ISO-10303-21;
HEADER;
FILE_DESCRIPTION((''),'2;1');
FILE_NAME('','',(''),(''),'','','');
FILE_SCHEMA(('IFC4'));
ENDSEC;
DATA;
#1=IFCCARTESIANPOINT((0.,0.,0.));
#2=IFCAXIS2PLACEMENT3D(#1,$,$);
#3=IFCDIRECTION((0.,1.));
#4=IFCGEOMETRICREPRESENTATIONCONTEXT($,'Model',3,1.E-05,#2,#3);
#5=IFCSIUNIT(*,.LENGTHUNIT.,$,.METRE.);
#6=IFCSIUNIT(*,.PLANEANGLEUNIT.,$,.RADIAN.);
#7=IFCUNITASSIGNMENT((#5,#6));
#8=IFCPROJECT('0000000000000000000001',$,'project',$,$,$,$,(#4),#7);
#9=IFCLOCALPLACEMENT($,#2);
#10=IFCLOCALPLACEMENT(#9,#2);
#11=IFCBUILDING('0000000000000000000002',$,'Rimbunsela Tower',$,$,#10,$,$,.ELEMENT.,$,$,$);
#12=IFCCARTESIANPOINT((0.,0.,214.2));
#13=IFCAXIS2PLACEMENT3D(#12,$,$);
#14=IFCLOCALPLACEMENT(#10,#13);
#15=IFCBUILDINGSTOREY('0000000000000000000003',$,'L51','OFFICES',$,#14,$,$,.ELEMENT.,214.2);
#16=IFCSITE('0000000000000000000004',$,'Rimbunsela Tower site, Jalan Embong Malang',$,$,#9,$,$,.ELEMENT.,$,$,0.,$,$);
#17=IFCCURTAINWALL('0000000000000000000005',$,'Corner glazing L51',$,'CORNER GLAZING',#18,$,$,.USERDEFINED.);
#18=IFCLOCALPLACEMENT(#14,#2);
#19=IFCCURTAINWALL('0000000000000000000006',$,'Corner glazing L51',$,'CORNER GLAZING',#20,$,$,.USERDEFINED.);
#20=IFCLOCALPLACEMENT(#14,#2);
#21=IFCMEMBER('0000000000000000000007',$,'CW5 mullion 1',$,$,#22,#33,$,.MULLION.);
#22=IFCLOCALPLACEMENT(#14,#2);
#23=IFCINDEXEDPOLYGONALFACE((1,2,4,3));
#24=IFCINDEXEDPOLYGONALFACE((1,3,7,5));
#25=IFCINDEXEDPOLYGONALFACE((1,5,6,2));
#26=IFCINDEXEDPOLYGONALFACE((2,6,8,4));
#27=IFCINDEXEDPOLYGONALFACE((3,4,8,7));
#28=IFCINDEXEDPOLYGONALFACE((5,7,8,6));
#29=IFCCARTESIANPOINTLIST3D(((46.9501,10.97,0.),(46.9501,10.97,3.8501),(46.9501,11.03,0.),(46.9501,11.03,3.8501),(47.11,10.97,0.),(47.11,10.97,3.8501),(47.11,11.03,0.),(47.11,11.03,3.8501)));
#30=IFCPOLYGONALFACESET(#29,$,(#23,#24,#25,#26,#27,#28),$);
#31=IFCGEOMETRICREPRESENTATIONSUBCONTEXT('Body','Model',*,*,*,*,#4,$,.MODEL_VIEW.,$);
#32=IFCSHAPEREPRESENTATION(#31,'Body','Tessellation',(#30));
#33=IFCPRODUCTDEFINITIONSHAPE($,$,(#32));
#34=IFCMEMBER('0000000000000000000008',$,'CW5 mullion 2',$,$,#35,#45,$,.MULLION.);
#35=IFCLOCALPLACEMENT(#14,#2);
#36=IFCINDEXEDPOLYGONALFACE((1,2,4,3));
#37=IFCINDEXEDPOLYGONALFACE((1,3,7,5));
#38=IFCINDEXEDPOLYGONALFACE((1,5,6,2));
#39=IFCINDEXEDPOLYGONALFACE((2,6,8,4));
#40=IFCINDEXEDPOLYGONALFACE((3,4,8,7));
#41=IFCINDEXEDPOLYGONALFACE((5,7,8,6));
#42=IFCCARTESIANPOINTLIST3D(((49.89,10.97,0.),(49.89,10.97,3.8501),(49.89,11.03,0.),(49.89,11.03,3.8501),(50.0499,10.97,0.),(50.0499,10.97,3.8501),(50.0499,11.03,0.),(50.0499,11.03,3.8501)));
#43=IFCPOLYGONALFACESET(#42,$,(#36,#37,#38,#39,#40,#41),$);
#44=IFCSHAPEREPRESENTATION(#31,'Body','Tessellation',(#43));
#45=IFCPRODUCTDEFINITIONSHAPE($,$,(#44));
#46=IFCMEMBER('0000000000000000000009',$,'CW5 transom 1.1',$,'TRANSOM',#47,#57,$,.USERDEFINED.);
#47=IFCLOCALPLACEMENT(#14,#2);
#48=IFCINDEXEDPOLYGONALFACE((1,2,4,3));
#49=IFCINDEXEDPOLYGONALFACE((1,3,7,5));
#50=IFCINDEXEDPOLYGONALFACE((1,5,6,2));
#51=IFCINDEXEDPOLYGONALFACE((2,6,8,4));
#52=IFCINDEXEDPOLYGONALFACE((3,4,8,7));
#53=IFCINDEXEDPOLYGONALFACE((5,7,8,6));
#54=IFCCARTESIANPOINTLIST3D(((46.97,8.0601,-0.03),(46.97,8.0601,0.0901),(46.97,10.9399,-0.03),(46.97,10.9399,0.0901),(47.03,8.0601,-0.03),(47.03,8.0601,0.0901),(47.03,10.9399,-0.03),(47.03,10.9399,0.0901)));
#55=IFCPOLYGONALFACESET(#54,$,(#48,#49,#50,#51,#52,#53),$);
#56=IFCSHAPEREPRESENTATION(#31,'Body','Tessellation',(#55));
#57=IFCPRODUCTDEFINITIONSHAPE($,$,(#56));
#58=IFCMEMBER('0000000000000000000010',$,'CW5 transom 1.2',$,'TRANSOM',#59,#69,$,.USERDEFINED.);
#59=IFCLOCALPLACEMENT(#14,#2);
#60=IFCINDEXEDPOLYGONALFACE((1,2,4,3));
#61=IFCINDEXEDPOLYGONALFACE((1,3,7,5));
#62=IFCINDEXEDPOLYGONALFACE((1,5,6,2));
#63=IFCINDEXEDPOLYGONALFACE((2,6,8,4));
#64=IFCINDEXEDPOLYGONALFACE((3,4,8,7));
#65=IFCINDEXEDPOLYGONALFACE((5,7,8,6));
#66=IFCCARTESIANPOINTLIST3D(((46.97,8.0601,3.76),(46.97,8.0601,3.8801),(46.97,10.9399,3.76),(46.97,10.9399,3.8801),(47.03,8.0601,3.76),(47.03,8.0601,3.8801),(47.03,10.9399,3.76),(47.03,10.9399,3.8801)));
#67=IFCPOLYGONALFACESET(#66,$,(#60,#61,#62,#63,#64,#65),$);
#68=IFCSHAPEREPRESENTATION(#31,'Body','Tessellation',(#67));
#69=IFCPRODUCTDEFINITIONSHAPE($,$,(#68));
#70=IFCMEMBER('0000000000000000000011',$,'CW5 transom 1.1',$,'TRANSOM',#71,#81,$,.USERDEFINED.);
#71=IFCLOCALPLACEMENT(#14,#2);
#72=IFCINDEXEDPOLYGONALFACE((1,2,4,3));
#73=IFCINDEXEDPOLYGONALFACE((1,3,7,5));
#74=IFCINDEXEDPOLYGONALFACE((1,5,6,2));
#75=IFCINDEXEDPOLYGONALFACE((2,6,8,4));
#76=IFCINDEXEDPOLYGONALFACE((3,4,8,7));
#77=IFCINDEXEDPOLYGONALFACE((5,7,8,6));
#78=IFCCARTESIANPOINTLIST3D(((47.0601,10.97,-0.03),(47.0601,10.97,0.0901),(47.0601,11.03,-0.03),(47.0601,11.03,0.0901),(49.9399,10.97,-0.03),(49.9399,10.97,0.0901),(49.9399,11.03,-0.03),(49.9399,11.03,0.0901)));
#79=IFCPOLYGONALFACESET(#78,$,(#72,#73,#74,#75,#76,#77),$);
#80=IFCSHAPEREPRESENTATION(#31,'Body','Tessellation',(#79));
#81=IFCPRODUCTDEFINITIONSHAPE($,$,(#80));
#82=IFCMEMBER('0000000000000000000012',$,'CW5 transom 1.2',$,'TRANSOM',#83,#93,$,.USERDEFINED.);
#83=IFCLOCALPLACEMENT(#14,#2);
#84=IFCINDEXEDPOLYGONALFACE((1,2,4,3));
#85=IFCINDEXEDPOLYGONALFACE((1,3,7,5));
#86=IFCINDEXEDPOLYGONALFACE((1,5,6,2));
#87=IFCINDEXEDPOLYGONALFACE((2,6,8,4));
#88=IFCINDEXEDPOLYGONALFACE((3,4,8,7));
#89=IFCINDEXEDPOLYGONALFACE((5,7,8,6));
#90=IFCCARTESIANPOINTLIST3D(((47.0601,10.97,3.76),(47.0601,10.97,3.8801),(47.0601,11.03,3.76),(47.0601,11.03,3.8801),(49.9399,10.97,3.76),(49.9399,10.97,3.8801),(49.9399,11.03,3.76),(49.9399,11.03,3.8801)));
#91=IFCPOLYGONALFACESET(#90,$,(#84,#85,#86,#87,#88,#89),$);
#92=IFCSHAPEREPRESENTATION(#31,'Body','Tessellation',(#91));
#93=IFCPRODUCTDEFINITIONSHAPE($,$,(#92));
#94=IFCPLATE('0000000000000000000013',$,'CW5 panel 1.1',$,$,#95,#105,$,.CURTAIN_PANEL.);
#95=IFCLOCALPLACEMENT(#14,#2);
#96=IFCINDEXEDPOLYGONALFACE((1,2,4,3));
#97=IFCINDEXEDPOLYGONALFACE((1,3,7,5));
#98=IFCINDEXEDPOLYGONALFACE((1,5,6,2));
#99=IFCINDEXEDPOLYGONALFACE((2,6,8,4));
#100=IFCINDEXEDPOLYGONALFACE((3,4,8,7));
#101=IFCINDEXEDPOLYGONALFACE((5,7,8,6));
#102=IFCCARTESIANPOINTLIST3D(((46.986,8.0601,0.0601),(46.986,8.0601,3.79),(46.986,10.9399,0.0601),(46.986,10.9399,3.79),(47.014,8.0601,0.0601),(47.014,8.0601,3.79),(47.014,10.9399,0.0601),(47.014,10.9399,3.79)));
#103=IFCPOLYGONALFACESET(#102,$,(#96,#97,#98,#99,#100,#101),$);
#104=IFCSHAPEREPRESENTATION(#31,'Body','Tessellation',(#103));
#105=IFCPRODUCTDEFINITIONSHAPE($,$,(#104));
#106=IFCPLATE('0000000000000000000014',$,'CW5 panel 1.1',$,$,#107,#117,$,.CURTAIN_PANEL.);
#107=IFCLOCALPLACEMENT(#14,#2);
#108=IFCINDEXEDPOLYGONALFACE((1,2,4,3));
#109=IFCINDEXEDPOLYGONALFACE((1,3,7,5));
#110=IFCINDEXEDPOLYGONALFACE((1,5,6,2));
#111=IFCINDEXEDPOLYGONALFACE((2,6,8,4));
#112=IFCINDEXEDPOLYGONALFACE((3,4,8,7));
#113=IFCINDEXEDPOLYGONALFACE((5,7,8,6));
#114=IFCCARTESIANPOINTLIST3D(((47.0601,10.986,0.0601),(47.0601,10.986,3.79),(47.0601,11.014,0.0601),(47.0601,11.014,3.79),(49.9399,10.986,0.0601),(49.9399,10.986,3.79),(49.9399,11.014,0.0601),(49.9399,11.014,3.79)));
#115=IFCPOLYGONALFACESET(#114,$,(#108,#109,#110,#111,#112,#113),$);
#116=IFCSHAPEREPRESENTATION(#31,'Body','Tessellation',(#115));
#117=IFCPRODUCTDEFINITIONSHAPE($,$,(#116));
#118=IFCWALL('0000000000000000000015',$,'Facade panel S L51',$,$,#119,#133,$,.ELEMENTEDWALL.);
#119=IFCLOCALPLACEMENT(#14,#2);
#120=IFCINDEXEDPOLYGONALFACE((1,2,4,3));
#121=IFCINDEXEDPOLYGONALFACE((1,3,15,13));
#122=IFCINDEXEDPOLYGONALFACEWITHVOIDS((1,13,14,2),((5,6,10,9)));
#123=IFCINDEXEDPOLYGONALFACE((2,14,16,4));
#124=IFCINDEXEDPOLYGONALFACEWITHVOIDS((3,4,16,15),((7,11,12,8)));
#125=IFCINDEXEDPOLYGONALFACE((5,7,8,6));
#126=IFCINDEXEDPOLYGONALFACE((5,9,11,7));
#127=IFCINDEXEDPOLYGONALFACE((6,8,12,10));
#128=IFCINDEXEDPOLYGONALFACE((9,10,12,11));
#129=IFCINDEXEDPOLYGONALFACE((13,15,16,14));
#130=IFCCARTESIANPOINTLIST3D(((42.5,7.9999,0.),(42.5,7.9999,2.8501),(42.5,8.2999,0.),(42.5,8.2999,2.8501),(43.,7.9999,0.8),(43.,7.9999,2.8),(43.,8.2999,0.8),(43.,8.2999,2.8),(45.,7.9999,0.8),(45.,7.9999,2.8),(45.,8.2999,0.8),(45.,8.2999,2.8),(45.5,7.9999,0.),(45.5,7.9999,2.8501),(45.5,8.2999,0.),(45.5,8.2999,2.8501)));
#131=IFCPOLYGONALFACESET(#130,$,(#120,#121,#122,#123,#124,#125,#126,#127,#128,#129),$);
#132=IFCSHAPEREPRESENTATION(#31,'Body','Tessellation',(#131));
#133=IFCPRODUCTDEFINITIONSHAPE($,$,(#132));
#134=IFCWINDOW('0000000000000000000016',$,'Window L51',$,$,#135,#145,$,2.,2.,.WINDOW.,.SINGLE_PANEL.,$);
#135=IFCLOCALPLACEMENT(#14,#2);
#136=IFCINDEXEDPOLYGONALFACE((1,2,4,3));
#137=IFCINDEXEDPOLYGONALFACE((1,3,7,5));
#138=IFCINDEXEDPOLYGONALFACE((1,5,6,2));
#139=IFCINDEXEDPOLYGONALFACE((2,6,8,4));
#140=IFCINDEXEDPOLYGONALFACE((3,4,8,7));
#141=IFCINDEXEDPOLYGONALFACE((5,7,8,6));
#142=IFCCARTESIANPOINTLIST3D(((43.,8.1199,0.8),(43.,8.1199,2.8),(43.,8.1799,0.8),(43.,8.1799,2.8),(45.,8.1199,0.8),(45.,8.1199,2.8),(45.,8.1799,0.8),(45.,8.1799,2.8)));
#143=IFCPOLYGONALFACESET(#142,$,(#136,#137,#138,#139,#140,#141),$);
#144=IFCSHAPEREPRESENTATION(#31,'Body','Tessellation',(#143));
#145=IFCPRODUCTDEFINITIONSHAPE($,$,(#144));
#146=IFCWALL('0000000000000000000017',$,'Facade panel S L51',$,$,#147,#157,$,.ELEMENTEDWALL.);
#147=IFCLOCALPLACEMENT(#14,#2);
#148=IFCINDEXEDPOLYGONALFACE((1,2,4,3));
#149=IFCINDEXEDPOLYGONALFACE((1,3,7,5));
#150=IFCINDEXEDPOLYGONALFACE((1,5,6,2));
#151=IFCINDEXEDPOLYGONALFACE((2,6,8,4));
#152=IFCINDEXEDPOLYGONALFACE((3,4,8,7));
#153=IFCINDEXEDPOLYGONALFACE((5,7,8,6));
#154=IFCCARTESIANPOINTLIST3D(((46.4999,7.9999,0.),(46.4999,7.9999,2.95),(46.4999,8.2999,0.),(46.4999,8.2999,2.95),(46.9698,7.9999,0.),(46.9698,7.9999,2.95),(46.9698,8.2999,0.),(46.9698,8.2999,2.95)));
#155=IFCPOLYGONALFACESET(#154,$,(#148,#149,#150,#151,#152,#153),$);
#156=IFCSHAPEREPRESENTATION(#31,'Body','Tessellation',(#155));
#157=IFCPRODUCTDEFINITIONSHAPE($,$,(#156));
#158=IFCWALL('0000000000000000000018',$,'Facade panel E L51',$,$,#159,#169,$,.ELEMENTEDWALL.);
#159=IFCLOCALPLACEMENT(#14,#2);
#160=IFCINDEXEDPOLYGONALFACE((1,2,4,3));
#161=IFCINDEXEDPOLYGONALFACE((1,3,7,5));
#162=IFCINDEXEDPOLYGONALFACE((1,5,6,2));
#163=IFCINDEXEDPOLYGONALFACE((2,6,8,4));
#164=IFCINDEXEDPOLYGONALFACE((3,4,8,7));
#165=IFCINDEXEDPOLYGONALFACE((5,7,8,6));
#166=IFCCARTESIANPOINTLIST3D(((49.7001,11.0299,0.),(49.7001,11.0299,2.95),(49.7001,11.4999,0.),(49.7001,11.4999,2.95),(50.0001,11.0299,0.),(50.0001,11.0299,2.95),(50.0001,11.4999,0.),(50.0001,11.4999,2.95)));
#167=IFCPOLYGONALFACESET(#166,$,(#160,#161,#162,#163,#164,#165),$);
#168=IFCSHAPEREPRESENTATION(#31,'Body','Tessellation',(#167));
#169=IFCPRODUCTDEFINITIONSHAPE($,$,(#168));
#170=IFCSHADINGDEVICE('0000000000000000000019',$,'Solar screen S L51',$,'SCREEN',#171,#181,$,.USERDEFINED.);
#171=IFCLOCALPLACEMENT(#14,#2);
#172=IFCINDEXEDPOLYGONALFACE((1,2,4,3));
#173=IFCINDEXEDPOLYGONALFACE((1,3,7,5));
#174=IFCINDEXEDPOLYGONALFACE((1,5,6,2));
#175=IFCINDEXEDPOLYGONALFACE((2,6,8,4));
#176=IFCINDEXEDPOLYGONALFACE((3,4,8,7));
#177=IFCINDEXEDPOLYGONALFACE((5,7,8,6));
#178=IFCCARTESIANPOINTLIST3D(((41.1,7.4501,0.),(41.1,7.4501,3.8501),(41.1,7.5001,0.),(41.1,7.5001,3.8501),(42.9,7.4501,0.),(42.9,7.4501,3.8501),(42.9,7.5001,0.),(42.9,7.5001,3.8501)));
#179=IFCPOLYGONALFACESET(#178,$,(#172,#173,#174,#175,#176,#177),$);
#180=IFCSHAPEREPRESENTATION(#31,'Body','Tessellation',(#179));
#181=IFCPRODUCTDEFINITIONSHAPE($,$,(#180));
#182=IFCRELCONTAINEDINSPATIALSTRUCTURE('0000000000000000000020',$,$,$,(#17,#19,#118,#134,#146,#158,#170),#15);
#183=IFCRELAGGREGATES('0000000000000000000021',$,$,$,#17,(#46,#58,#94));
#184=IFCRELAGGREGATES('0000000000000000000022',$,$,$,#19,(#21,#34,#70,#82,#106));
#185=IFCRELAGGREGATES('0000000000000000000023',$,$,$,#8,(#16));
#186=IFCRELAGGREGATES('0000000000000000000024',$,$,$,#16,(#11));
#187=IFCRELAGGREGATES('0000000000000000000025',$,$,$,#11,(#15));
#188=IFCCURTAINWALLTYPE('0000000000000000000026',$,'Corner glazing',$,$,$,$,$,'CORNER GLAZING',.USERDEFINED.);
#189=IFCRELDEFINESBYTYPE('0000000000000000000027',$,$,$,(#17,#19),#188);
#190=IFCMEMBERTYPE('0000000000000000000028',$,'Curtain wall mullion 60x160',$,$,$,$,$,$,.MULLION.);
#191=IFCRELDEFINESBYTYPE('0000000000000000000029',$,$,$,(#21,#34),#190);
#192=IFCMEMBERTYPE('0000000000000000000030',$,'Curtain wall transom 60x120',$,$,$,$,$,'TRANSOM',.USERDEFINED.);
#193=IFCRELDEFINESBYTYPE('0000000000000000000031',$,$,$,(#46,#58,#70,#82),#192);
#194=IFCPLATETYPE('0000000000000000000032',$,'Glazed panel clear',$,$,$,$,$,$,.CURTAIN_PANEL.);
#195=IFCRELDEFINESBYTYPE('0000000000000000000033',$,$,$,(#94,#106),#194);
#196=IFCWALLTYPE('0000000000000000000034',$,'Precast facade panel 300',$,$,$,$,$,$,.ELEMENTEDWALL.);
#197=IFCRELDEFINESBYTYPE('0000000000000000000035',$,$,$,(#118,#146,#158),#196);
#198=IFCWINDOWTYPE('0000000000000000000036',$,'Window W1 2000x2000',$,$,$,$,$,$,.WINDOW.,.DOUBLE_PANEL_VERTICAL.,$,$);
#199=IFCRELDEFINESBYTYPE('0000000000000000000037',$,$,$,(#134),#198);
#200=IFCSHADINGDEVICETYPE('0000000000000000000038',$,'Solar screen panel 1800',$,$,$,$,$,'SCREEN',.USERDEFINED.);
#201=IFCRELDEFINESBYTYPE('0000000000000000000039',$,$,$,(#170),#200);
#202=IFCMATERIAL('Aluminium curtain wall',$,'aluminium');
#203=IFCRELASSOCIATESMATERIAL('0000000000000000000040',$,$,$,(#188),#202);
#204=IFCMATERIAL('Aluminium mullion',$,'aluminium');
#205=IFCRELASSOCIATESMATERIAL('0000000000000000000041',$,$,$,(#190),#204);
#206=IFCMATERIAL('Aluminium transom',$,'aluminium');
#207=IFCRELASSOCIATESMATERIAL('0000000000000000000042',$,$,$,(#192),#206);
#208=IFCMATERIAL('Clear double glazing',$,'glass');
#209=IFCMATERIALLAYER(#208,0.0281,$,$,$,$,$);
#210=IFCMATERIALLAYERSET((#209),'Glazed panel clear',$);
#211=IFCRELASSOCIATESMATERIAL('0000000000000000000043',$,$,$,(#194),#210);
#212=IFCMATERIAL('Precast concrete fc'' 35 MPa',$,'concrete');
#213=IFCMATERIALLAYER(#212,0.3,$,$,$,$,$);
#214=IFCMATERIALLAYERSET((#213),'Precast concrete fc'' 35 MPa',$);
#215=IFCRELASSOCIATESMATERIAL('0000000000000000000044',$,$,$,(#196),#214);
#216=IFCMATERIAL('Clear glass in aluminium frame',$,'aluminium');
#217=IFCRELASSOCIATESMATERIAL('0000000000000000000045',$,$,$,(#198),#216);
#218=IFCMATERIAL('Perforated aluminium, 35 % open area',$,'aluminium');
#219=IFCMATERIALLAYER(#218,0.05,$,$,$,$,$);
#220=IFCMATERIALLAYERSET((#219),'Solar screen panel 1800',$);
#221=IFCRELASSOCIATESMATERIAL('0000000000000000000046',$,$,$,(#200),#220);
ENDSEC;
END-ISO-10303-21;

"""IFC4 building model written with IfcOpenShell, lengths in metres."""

from ifc_helpers import new_model, si_unit, direction, frame, frame_2d, origin, origin_2d, place, context, subcontext, project, spatial, rectangle, extrude, material, layer, layer_set, material_profile, profile_set, type_object, element, fill, aggregate, save


model = new_model("IFC4")

# Units and contexts
model_context = context("Model", 3, precision=1e-05, world=origin(), true_north=direction((0.0, 1.0)))
body_context = subcontext(model_context, "Body", "Model", "MODEL_VIEW")
ifc_project = project(units=[si_unit("LENGTHUNIT", "METRE"), si_unit("PLANEANGLEUNIT", "RADIAN")], contexts=[model_context])

# Site, building, storey
site_placement = place(None, origin())
site = spatial("IfcSite", under=ifc_project, at=site_placement, Name="Rimbunsela Tower site, Jalan Embong Malang", CompositionType="ELEMENT", RefElevation=0.0)
building_placement = place(site_placement, origin())
building = spatial("IfcBuilding", under=site, at=building_placement, Name="Rimbunsela Tower", CompositionType="ELEMENT")
storey_placement = place(building_placement, frame((0.0, 0.0, 214.2)))
storey = spatial("IfcBuildingStorey", under=building, at=storey_placement, Name="L51", Description="OFFICES", CompositionType="ELEMENT", Elevation=214.2)

# Curtain walls, members
ifc_material_1 = material(Name="Aluminium curtain wall", Category="aluminium")
curtain_wall_type = type_object("IfcCurtainWallType", Name="Corner glazing", ElementType="CORNER GLAZING", PredefinedType="USERDEFINED", material=ifc_material_1)
curtain_wall_1_placement = place(storey_placement, origin())
curtain_wall_1 = element("IfcCurtainWall", 1, at=curtain_wall_1_placement, inside=storey, type_object=curtain_wall_type, Name="Corner glazing L51", ObjectType="CORNER GLAZING", PredefinedType="USERDEFINED")
ifc_material_2 = material(Name="Aluminium mullion", Category="aluminium")
ifc_material_profile_1 = material_profile(ifc_material_2, rectangle(XDim=0.0601, YDim=0.1599, at=origin_2d()), Name="Mullion 60x160")
ifc_profile_set_1 = profile_set([ifc_material_profile_1], Name="Aluminium mullion")
member_type_1 = type_object("IfcMemberType", Name="Curtain wall mullion 60x160", PredefinedType="MULLION", material=ifc_profile_set_1)
curtain_wall_2_placement = place(storey_placement, origin())
curtain_wall_2 = element("IfcCurtainWall", 2, at=curtain_wall_2_placement, inside=storey, type_object=curtain_wall_type, Name="Corner glazing L51", ObjectType="CORNER GLAZING", PredefinedType="USERDEFINED")
member_1_placement = place(storey_placement, frame((47.03, 11.0, 0.0), z_axis=(0.0, 0.0, 1.0), x_axis=(0.0, 1.0, 0.0)))
member_1 = element("IfcMember", 3, at=member_1_placement, type_object=member_type_1, Name="CW5 mullion 1", PredefinedType="MULLION", context=body_context, shape_type="SweptSolid", body=[
    extrude(rectangle(XDim=0.0601, YDim=0.1599, at=origin_2d()), origin(), (0.0, 0.0, 1.0), 3.8501),
])
member_2_placement = place(storey_placement, frame((49.97, 11.0, 0.0), z_axis=(0.0, 0.0, 1.0), x_axis=(0.0, 1.0, 0.0)))
member_2 = element("IfcMember", 4, at=member_2_placement, type_object=member_type_1, Name="CW5 mullion 2", PredefinedType="MULLION", context=body_context, shape_type="SweptSolid", body=[
    extrude(rectangle(XDim=0.0601, YDim=0.1599, at=origin_2d()), origin(), (0.0, 0.0, 1.0), 3.8501),
])

# Members
ifc_material_3 = material(Name="Aluminium transom", Category="aluminium")
ifc_material_profile_2 = material_profile(ifc_material_3, rectangle(XDim=0.0601, YDim=0.1201, at=origin_2d()), Name="Transom 60x120")
ifc_profile_set_2 = profile_set([ifc_material_profile_2], Name="Aluminium transom")
member_type_2 = type_object("IfcMemberType", Name="Curtain wall transom 60x120", ElementType="TRANSOM", PredefinedType="USERDEFINED", material=ifc_profile_set_2)
member_3_placement = place(storey_placement, frame((47.0, 8.0601, 0.03), z_axis=(0.0, 1.0, 0.0), x_axis=(-1.0, 0.0, 0.0)))
member_3 = element("IfcMember", 5, at=member_3_placement, type_object=member_type_2, Name="CW5 transom 1.1", ObjectType="TRANSOM", PredefinedType="USERDEFINED", context=body_context, shape_type="SweptSolid", body=[
    extrude(rectangle(XDim=0.0601, YDim=0.1201, at=origin_2d()), origin(), (0.0, 0.0, 1.0), 2.8799),
])
member_4_placement = place(storey_placement, frame((47.0, 8.0601, 3.8201), z_axis=(0.0, 1.0, 0.0), x_axis=(-1.0, 0.0, 0.0)))
member_4 = element("IfcMember", 6, at=member_4_placement, type_object=member_type_2, Name="CW5 transom 1.2", ObjectType="TRANSOM", PredefinedType="USERDEFINED", context=body_context, shape_type="SweptSolid", body=[
    extrude(rectangle(XDim=0.0601, YDim=0.1201, at=origin_2d()), origin(), (0.0, 0.0, 1.0), 2.8799),
])
member_5_placement = place(storey_placement, frame((47.0601, 11.0, 0.03), z_axis=(1.0, 0.0, 0.0), x_axis=(0.0, 1.0, 0.0)))
member_5 = element("IfcMember", 7, at=member_5_placement, type_object=member_type_2, Name="CW5 transom 1.1", ObjectType="TRANSOM", PredefinedType="USERDEFINED", context=body_context, shape_type="SweptSolid", body=[
    extrude(rectangle(XDim=0.0601, YDim=0.1201, at=origin_2d()), origin(), (0.0, 0.0, 1.0), 2.8799),
])
member_6_placement = place(storey_placement, frame((47.0601, 11.0, 3.8201), z_axis=(1.0, 0.0, 0.0), x_axis=(0.0, 1.0, 0.0)))
member_6 = element("IfcMember", 8, at=member_6_placement, type_object=member_type_2, Name="CW5 transom 1.2", ObjectType="TRANSOM", PredefinedType="USERDEFINED", context=body_context, shape_type="SweptSolid", body=[
    extrude(rectangle(XDim=0.0601, YDim=0.1201, at=origin_2d()), origin(), (0.0, 0.0, 1.0), 2.8799),
])

# Plates
ifc_material_4 = material(Name="Clear double glazing", Category="glass")
ifc_layer_1 = layer(ifc_material_4, 0.0281)
ifc_layer_set_1 = layer_set([ifc_layer_1], Name="Glazed panel clear")
plate_type = type_object("IfcPlateType", Name="Glazed panel clear", PredefinedType="CURTAIN_PANEL", material=ifc_layer_set_1)
plate_1_placement = place(storey_placement, frame((47.0, 9.5, 0.0601), z_axis=(0.0, 0.0, 1.0), x_axis=(0.0, 1.0, 0.0)))
plate_1 = element("IfcPlate", 9, at=plate_1_placement, type_object=plate_type, Name="CW5 panel 1.1", PredefinedType="CURTAIN_PANEL", context=body_context, shape_type="SweptSolid", body=[
    extrude(rectangle(XDim=2.8799, YDim=0.0281, at=origin_2d()), origin(), (0.0, 0.0, 1.0), 3.73),
])
aggregate(curtain_wall_1, [member_3, member_4, plate_1])
plate_2_placement = place(storey_placement, frame((48.5, 11.0, 0.0601), z_axis=(0.0, 0.0, 1.0), x_axis=(1.0, 0.0, 0.0)))
plate_2 = element("IfcPlate", 10, at=plate_2_placement, type_object=plate_type, Name="CW5 panel 1.1", PredefinedType="CURTAIN_PANEL", context=body_context, shape_type="SweptSolid", body=[
    extrude(rectangle(XDim=2.8799, YDim=0.0281, at=origin_2d()), origin(), (0.0, 0.0, 1.0), 3.73),
])
aggregate(curtain_wall_2, [member_1, member_2, member_5, member_6, plate_2])

# Wall, opening, window
ifc_material_5 = material(Name="Precast concrete fc' 35 MPa", Category="concrete")
ifc_layer_2 = layer(ifc_material_5, 0.3)
ifc_layer_set_2 = layer_set([ifc_layer_2], Name="Precast concrete fc' 35 MPa")
wall_type = type_object("IfcWallType", Name="Precast facade panel 300", PredefinedType="ELEMENTEDWALL", material=ifc_layer_set_2)
wall_placement = place(storey_placement, frame((42.5, 8.1499, 0.0), z_axis=(0.0, 0.0, 1.0), x_axis=(1.0, 0.0, 0.0)))
wall = element("IfcWall", 11, at=wall_placement, inside=storey, type_object=wall_type, Name="Facade panel S L51", PredefinedType="ELEMENTEDWALL", context=body_context, shape_type="SweptSolid", body=[
    extrude(rectangle(XDim=3.0, YDim=0.3, at=frame_2d((1.5, 0.0))), origin(), (0.0, 0.0, 1.0), 2.8501),
])
opening_placement = place(wall_placement, frame((0.5, 0.0, 0.8)))
opening = element("IfcOpeningElement", 12, at=opening_placement, cuts=wall, PredefinedType="OPENING", context=body_context, shape_type="SweptSolid", body=[
    extrude(rectangle(XDim=2.0, YDim=2.0, at=frame_2d((1.0, 1.0))), frame((0.0, 0.1599, 0.0), z_axis=(0.0, -1.0, 0.0), x_axis=(1.0, 0.0, 0.0)), (0.0, 0.0, 1.0), 0.3201),
])
ifc_material_6 = material(Name="Clear glass in aluminium frame", Category="aluminium")
window_type = type_object("IfcWindowType", Name="Window W1 2000x2000", PartitioningType="DOUBLE_PANEL_VERTICAL", PredefinedType="WINDOW", material=ifc_material_6)
window_placement = place(opening_placement, origin())
window = element("IfcWindow", 13, at=window_placement, inside=storey, type_object=window_type, Name="Window L51", OverallHeight=2.0, OverallWidth=2.0, PartitioningType="SINGLE_PANEL", PredefinedType="WINDOW", context=body_context, shape_type="SweptSolid", body=[
    extrude(rectangle(XDim=2.0, YDim=2.0, at=frame_2d((1.0, 1.0))), frame((0.0, 0.03, 0.0), z_axis=(0.0, -1.0, 0.0), x_axis=(1.0, 0.0, 0.0)), (0.0, 0.0, 1.0), 0.0601),
])
fill(opening, window)

# Walls
for number, where, z_axis, x_axis, name in (
    (14, (46.5, 8.1499, 0.0), (0.0, 0.0, 1.0), (1.0, 0.0, 0.0), "Facade panel S L51"),
    (15, (49.8501, 11.03, 0.0), (0.0, 0.0, 1.0), (0.0, 1.0, 0.0), "Facade panel E L51"),
):
    element("IfcWall", number, at=place(storey_placement, frame(where, z_axis=z_axis, x_axis=x_axis)), inside=storey, type_object=wall_type, Name=name, PredefinedType="ELEMENTEDWALL", context=body_context, shape_type="SweptSolid", body=[
        extrude(rectangle(XDim=0.47, YDim=0.3, at=frame_2d((0.2349, 0.0))), origin(), (0.0, 0.0, 1.0), 2.95),
    ])

# Shading device
ifc_material_7 = material(Name="Perforated aluminium, 35 % open area", Category="aluminium")
ifc_layer_3 = layer(ifc_material_7, 0.05)
ifc_layer_set_3 = layer_set([ifc_layer_3], Name="Solar screen panel 1800")
shading_device_type = type_object("IfcShadingDeviceType", Name="Solar screen panel 1800", ElementType="SCREEN", PredefinedType="USERDEFINED", material=ifc_layer_set_3)
for number, where, z_axis, x_axis, name in (
    (16, (42.0, 7.4751, 0.0), (0.0, 0.0, 1.0), (1.0, 0.0, 0.0), "Solar screen S L51"),
):
    element("IfcShadingDevice", number, at=place(storey_placement, frame(where, z_axis=z_axis, x_axis=x_axis)), inside=storey, type_object=shading_device_type, Name=name, ObjectType="SCREEN", PredefinedType="USERDEFINED", context=body_context, shape_type="SweptSolid", body=[
        extrude(rectangle(XDim=1.8, YDim=0.05, at=origin_2d()), origin(), (0.0, 0.0, 1.0), 3.8501),
    ])

save(model, "model.ifc")
